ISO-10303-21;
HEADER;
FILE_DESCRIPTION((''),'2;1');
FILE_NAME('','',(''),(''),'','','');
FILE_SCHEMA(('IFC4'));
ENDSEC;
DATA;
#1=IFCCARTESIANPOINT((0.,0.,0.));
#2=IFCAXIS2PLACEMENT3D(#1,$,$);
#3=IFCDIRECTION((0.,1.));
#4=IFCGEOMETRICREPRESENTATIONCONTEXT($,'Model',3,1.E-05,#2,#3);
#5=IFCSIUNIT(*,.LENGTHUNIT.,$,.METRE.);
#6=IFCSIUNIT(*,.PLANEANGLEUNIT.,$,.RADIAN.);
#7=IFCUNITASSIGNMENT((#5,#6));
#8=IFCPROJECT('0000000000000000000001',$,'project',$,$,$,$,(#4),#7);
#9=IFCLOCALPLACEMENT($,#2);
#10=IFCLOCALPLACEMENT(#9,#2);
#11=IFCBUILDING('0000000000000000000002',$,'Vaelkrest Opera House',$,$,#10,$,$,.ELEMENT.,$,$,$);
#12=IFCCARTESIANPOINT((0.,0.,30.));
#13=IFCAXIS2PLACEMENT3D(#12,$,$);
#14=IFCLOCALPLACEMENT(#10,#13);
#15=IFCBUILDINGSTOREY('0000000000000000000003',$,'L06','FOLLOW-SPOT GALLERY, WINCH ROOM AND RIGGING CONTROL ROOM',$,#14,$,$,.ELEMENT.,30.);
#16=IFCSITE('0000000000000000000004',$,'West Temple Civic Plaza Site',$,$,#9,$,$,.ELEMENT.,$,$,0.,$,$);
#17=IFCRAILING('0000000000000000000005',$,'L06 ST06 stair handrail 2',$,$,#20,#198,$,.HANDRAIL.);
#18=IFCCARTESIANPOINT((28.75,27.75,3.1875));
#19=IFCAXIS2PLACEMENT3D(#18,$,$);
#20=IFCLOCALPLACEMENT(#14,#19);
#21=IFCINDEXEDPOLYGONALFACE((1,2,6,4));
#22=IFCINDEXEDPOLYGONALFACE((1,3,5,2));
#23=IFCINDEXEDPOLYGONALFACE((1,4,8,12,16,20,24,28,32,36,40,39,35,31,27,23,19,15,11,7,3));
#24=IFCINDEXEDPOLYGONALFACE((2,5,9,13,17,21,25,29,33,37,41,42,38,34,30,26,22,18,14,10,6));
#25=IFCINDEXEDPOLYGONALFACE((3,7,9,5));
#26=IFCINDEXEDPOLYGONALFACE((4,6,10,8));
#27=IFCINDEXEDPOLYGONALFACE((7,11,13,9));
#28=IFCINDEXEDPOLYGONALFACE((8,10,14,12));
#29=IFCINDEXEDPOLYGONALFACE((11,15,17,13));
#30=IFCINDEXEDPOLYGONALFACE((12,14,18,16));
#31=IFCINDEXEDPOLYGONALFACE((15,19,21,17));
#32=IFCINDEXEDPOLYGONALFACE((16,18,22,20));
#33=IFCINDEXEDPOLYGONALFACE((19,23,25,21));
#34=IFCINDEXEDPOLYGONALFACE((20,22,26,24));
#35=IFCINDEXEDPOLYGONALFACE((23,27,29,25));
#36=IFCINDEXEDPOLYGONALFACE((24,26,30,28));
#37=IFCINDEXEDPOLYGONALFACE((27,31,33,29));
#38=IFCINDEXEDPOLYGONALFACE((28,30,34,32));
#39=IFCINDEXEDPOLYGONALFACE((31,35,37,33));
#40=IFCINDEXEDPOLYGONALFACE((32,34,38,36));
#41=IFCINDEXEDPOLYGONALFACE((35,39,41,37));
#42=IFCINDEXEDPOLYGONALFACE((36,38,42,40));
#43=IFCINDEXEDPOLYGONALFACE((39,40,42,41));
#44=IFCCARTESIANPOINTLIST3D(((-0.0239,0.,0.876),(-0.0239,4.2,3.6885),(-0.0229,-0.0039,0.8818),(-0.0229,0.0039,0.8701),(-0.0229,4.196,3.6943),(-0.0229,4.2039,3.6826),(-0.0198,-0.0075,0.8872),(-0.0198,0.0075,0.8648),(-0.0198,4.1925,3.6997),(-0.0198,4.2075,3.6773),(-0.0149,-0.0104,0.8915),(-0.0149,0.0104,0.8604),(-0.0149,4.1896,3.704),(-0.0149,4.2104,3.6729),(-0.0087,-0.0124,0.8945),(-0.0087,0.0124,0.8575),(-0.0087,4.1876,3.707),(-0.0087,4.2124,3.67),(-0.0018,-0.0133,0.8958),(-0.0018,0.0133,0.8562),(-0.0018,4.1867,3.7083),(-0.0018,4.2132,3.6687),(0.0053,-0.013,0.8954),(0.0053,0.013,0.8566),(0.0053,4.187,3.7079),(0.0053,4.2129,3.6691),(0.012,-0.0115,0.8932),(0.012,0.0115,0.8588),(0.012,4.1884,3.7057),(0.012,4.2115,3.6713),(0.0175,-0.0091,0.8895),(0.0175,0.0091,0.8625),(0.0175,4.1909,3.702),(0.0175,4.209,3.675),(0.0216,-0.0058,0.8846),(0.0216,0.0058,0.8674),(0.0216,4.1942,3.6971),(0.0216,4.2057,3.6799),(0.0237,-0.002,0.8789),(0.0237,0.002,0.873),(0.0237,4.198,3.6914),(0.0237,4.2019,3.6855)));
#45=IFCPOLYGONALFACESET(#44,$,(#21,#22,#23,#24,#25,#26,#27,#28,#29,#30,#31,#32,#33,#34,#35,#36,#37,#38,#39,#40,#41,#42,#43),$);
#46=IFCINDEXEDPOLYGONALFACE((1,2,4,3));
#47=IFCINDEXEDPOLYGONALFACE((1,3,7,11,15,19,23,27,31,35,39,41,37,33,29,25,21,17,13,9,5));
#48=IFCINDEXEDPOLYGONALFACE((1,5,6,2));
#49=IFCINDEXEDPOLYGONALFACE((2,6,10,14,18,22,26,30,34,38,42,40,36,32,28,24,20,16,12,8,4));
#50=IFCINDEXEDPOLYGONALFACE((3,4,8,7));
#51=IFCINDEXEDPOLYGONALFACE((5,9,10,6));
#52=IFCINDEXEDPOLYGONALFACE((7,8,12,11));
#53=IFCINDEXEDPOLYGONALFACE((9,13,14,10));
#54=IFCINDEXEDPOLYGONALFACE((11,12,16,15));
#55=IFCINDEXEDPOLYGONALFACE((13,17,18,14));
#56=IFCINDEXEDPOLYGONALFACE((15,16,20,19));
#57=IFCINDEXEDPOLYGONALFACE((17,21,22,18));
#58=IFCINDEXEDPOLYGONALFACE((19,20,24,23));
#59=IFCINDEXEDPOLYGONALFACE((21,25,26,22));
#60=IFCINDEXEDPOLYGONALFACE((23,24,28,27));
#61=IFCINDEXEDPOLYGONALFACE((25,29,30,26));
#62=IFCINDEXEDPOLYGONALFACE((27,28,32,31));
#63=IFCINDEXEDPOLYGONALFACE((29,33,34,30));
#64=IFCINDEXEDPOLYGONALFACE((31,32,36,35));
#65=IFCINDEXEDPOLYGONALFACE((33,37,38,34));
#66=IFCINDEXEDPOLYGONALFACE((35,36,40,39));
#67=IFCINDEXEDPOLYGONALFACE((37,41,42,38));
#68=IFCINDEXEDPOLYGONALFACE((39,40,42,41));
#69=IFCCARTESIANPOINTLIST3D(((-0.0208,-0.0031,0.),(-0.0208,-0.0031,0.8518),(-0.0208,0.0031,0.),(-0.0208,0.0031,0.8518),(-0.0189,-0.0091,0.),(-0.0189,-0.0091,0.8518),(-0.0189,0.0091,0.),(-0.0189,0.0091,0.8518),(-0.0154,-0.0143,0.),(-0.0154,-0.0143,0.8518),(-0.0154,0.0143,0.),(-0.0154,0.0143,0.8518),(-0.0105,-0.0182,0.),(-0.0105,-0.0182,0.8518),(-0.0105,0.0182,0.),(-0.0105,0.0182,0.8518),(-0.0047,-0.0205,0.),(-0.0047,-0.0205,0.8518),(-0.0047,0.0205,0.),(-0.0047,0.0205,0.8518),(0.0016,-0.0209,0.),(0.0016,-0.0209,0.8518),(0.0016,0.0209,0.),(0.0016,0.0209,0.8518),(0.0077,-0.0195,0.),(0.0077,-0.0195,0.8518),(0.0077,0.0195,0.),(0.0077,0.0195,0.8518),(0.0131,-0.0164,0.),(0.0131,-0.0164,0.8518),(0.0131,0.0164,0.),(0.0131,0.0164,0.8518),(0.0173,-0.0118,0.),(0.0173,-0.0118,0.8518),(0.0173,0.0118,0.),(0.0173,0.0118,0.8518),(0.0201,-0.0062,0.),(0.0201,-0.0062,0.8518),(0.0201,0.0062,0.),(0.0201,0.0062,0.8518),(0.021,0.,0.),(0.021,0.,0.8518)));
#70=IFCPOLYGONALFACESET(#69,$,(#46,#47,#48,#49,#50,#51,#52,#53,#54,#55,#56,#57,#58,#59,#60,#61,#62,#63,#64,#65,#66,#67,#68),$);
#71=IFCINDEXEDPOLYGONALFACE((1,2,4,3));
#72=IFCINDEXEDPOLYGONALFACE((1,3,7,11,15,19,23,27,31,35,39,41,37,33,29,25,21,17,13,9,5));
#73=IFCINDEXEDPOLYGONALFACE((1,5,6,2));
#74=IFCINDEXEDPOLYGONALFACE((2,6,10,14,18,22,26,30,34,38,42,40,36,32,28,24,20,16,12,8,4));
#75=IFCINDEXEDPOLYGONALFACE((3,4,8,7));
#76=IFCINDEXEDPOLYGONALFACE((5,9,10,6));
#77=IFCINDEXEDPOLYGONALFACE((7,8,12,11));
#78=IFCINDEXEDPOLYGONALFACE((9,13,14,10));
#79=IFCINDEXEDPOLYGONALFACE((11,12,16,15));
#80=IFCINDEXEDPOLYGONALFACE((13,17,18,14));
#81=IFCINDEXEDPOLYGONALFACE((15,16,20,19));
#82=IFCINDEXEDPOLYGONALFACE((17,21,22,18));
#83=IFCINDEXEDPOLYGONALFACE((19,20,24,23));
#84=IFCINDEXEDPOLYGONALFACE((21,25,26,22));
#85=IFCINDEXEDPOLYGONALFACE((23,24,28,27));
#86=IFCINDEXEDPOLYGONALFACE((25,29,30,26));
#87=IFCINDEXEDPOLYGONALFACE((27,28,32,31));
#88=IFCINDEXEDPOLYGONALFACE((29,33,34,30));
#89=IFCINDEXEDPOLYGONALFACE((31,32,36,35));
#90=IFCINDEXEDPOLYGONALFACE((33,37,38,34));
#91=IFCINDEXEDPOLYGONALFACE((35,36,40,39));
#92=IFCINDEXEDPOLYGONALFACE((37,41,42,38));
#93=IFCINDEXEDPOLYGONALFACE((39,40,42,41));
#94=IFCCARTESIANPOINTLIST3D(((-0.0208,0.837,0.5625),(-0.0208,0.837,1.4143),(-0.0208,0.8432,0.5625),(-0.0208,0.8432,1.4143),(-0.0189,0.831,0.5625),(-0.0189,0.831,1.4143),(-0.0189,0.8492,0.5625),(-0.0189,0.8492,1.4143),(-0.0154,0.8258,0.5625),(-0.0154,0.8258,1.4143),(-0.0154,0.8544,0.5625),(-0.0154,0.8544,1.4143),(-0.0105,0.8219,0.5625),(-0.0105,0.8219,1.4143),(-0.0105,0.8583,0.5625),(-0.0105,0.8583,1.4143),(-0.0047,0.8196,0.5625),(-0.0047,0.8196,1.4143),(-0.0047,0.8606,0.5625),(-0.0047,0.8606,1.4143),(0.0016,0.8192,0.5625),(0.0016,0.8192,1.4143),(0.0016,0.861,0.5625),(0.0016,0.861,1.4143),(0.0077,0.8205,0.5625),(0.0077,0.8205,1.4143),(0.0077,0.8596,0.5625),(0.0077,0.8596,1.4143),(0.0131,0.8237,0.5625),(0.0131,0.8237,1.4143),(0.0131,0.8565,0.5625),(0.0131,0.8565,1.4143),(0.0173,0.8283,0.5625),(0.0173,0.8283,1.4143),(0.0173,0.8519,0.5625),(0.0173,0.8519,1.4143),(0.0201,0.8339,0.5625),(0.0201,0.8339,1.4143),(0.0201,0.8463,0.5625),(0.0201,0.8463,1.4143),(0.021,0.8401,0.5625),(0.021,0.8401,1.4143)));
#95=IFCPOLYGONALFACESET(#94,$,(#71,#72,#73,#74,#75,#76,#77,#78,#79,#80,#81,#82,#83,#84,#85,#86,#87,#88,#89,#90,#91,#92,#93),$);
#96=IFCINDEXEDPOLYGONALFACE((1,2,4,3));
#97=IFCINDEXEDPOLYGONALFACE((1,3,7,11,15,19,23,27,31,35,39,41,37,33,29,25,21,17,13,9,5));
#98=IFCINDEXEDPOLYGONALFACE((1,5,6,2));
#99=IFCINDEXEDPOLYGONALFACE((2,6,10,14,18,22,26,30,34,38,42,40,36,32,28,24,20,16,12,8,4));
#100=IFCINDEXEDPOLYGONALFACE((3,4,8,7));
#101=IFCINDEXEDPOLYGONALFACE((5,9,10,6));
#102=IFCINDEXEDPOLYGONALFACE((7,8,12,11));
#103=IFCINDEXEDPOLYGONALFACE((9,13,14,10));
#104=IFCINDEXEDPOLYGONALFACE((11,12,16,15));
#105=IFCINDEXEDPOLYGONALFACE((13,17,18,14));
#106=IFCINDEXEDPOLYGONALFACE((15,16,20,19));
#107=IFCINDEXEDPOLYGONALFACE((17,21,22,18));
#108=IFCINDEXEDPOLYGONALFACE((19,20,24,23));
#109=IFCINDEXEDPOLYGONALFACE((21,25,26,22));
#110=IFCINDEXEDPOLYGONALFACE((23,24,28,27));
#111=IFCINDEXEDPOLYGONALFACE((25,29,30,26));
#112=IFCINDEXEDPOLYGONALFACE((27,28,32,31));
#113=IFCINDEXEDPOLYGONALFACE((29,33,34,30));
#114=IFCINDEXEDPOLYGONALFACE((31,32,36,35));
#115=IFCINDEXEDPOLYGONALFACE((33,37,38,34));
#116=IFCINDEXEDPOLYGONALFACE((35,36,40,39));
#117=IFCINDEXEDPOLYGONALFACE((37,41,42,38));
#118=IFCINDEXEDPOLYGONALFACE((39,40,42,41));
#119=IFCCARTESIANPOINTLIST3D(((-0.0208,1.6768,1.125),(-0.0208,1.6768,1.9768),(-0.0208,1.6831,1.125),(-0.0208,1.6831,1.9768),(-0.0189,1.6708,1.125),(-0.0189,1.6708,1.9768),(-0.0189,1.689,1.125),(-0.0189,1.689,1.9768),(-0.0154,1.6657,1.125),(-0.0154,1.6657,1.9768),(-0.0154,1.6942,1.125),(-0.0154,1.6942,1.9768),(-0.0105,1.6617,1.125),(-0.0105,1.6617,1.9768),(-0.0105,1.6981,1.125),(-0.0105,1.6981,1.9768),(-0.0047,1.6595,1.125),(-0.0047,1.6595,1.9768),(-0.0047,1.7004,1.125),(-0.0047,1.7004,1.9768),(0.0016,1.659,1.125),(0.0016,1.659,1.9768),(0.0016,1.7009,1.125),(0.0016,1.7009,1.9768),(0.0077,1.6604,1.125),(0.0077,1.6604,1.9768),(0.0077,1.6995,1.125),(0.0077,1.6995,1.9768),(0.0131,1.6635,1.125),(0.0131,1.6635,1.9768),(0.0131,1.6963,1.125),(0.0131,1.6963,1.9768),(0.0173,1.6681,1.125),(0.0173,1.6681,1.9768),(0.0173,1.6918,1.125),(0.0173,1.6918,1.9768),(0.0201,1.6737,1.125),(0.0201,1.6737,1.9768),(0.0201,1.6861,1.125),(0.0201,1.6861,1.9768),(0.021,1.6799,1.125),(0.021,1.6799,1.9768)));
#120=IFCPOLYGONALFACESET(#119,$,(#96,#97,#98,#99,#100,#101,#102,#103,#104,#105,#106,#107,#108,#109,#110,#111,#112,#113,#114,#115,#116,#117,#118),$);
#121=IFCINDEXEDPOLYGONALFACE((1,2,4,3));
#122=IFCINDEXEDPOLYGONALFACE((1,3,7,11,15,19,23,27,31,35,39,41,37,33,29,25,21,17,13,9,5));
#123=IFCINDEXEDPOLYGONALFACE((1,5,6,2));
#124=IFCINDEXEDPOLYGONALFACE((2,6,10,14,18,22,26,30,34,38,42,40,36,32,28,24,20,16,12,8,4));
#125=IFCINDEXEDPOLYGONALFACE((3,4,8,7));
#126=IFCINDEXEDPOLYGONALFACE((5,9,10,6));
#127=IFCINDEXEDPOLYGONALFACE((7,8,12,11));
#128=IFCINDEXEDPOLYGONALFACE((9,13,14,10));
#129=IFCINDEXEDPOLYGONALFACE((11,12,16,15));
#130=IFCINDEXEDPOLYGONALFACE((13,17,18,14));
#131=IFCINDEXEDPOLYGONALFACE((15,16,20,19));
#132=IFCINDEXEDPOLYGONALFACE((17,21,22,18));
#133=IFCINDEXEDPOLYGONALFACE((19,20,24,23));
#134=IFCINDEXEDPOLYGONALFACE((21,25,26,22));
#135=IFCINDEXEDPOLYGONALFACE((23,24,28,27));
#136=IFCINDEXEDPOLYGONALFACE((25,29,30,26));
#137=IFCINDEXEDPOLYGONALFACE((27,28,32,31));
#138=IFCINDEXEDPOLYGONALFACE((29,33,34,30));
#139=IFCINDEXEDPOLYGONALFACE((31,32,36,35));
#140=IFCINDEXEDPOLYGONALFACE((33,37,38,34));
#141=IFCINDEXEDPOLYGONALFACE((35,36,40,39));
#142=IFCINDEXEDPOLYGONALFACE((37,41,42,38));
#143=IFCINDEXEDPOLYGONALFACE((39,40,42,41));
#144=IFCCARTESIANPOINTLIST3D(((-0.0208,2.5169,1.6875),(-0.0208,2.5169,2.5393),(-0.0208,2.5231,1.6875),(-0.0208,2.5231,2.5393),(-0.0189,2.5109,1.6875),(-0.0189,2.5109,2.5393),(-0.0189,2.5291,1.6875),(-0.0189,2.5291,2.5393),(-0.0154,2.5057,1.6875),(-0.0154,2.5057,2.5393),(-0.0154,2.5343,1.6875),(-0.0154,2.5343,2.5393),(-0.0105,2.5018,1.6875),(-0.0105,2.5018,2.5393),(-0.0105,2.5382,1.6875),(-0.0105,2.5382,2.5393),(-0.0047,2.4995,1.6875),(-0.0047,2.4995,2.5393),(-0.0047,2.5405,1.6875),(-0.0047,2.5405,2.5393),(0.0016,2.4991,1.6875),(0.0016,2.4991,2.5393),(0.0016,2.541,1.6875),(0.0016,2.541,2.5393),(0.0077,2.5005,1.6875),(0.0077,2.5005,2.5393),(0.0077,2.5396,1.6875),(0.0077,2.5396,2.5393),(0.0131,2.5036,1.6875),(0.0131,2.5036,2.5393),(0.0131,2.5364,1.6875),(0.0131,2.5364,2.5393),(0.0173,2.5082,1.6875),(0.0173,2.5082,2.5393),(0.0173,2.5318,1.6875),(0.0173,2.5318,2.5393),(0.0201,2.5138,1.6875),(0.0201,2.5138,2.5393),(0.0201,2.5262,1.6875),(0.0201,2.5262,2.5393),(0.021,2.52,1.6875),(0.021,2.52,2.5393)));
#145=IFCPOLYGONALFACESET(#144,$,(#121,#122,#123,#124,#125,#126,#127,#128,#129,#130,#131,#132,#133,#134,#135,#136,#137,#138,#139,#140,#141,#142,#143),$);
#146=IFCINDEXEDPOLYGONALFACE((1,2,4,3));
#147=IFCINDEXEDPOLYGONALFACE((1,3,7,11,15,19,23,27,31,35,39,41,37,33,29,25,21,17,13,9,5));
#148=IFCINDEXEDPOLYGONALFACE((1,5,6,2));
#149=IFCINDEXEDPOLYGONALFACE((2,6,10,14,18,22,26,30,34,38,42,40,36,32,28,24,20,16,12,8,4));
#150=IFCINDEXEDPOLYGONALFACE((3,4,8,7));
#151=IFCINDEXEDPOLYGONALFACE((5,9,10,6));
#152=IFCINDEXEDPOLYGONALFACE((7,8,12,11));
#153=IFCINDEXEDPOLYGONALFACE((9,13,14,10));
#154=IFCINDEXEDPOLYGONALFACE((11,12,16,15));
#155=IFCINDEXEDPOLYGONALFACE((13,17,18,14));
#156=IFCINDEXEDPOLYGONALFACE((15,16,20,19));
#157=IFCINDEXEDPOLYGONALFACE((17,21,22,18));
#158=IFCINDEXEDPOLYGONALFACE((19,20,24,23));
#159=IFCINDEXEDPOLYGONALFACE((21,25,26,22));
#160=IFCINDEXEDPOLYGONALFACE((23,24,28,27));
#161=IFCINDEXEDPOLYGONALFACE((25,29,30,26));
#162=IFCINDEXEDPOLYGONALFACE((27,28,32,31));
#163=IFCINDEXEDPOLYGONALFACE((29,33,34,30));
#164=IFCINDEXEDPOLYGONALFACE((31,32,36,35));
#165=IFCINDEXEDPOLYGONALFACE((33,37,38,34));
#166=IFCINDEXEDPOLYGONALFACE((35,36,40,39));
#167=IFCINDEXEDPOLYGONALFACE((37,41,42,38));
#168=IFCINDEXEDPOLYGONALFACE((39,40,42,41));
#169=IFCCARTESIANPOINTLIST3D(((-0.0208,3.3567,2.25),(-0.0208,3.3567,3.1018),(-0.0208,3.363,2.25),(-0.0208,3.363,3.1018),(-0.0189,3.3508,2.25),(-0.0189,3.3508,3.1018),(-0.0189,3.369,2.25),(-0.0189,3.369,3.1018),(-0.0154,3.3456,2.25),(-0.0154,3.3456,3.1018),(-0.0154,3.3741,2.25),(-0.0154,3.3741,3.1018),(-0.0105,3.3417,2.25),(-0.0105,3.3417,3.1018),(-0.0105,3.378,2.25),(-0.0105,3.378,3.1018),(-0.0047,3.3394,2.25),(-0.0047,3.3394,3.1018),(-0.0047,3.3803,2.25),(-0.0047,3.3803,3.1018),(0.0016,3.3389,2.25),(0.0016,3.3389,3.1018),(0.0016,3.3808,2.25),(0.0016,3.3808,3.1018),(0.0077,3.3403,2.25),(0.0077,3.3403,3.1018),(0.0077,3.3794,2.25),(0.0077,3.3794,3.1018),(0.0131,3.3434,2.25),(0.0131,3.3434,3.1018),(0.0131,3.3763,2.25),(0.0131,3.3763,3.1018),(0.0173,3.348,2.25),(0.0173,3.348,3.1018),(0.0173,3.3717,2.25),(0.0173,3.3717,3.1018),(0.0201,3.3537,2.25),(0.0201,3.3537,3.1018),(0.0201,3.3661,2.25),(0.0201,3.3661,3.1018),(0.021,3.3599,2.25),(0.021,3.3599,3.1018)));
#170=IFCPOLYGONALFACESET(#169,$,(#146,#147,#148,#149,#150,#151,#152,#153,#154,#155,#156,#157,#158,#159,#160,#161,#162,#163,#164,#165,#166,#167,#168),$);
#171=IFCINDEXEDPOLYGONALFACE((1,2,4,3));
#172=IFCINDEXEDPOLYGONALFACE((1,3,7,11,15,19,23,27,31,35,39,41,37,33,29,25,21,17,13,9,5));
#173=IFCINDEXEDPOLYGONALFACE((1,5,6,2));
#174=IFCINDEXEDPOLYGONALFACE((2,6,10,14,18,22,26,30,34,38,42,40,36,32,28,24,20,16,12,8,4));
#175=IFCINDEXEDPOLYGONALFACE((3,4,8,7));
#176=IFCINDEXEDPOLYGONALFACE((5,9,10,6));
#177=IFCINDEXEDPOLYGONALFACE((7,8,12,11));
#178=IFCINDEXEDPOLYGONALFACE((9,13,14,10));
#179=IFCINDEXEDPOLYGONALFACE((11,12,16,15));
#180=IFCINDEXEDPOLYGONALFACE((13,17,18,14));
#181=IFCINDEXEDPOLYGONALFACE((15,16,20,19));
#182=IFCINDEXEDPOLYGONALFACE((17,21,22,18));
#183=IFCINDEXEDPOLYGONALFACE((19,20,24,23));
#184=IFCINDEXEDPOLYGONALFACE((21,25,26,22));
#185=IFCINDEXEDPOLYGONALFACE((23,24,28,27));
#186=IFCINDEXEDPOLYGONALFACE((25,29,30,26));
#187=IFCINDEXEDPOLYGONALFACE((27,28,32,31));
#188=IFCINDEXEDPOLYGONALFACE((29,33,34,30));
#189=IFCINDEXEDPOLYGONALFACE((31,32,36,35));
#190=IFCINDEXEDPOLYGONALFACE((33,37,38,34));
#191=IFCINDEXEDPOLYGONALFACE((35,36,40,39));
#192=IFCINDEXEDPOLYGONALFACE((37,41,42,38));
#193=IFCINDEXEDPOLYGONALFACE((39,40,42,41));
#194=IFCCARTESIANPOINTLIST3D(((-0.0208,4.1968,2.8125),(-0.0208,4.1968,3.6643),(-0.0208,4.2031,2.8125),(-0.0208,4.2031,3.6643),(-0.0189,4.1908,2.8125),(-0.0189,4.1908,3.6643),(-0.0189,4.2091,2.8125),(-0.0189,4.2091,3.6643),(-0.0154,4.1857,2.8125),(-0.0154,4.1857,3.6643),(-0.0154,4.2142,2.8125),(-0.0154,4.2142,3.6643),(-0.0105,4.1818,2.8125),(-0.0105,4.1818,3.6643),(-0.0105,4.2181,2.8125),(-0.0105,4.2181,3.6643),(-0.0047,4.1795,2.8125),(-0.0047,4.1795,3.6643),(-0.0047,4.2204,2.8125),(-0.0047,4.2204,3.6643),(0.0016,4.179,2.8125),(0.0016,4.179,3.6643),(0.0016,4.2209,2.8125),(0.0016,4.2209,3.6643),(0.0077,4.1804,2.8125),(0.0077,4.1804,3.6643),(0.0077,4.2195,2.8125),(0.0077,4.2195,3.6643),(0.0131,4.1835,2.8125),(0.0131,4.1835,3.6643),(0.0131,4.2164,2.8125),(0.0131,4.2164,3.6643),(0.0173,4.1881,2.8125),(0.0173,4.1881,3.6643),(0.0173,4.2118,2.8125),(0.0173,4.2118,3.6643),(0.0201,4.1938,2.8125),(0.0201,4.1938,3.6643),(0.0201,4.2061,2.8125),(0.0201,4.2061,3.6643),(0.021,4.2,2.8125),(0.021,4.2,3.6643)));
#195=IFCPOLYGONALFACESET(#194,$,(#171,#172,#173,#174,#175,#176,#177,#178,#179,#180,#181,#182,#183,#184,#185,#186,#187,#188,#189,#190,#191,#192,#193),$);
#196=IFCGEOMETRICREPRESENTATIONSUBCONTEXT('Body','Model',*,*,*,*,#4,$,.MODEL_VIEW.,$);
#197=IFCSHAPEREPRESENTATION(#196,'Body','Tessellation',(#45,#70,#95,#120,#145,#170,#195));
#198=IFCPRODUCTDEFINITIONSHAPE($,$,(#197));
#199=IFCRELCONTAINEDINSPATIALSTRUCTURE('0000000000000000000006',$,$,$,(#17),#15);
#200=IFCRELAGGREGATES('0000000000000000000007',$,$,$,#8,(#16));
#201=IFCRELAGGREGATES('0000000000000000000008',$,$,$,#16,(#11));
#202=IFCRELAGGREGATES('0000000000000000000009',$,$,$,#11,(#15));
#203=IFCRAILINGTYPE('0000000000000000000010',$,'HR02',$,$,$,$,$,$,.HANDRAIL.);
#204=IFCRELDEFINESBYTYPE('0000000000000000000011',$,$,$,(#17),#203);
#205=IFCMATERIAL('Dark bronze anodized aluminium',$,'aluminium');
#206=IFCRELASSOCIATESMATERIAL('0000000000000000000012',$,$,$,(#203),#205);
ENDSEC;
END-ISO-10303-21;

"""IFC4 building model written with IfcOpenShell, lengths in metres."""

from ifc_helpers import new_model, si_unit, direction, frame, origin, origin_2d, place, context, subcontext, project, spatial, circle, extrude, material, type_object, element, save


model = new_model("IFC4")

# Units and contexts
model_context = context("Model", 3, precision=1e-05, world=origin(), true_north=direction((0.0, 1.0)))
body_context = subcontext(model_context, "Body", "Model", "MODEL_VIEW")
ifc_project = project(units=[si_unit("LENGTHUNIT", "METRE"), si_unit("PLANEANGLEUNIT", "RADIAN")], contexts=[model_context])

# Site, building, storey
site_placement = place(None, origin())
site = spatial("IfcSite", under=ifc_project, at=site_placement, Name="West Temple Civic Plaza Site", CompositionType="ELEMENT", RefElevation=0.0)
building_placement = place(site_placement, origin())
building = spatial("IfcBuilding", under=site, at=building_placement, Name="Vaelkrest Opera House", CompositionType="ELEMENT")
storey_placement = place(building_placement, frame((0.0, 0.0, 30.0)))
storey = spatial("IfcBuildingStorey", under=building, at=storey_placement, Name="L06", Description="FOLLOW-SPOT GALLERY, WINCH ROOM AND RIGGING CONTROL ROOM", CompositionType="ELEMENT", Elevation=30.0)

# Railing
ifc_material_1 = material(Name="Dark bronze anodized aluminium", Category="aluminium")
railing_type_1 = type_object("IfcRailingType", Name="HR02", PredefinedType="HANDRAIL", material=ifc_material_1)
railing_1_placement = place(storey_placement, frame((28.75, 27.75, 3.1875)))
element("IfcRailing", 1, at=railing_1_placement, inside=storey, type_object=railing_type_1, Name="L06 ST06 stair handrail 2", PredefinedType="HANDRAIL", context=body_context, shape_type="SweptSolid", body=[
    extrude(circle(Radius=0.0239, at=origin_2d()), frame((0.0, 0.0, 0.876), z_axis=(0.0, 0.830904, 0.556416), x_axis=(-1.0, 0.0, 0.0)), (0.0, 0.0, 1.0), 5.0547),
    extrude(circle(Radius=0.021, at=origin_2d()), origin(), (0.0, 0.0, 1.0), 0.8518),
    extrude(circle(Radius=0.021, at=origin_2d()), frame((0.0, 0.8401, 0.5625)), (0.0, 0.0, 1.0), 0.8518),
    extrude(circle(Radius=0.021, at=origin_2d()), frame((0.0, 1.6799, 1.125)), (0.0, 0.0, 1.0), 0.8518),
    extrude(circle(Radius=0.021, at=origin_2d()), frame((0.0, 2.52, 1.6875)), (0.0, 0.0, 1.0), 0.8518),
    extrude(circle(Radius=0.021, at=origin_2d()), frame((0.0, 3.3599, 2.25)), (0.0, 0.0, 1.0), 0.8518),
    extrude(circle(Radius=0.021, at=origin_2d()), frame((0.0, 4.2, 2.8125)), (0.0, 0.0, 1.0), 0.8518),
])

save(model, "model.ifc")
